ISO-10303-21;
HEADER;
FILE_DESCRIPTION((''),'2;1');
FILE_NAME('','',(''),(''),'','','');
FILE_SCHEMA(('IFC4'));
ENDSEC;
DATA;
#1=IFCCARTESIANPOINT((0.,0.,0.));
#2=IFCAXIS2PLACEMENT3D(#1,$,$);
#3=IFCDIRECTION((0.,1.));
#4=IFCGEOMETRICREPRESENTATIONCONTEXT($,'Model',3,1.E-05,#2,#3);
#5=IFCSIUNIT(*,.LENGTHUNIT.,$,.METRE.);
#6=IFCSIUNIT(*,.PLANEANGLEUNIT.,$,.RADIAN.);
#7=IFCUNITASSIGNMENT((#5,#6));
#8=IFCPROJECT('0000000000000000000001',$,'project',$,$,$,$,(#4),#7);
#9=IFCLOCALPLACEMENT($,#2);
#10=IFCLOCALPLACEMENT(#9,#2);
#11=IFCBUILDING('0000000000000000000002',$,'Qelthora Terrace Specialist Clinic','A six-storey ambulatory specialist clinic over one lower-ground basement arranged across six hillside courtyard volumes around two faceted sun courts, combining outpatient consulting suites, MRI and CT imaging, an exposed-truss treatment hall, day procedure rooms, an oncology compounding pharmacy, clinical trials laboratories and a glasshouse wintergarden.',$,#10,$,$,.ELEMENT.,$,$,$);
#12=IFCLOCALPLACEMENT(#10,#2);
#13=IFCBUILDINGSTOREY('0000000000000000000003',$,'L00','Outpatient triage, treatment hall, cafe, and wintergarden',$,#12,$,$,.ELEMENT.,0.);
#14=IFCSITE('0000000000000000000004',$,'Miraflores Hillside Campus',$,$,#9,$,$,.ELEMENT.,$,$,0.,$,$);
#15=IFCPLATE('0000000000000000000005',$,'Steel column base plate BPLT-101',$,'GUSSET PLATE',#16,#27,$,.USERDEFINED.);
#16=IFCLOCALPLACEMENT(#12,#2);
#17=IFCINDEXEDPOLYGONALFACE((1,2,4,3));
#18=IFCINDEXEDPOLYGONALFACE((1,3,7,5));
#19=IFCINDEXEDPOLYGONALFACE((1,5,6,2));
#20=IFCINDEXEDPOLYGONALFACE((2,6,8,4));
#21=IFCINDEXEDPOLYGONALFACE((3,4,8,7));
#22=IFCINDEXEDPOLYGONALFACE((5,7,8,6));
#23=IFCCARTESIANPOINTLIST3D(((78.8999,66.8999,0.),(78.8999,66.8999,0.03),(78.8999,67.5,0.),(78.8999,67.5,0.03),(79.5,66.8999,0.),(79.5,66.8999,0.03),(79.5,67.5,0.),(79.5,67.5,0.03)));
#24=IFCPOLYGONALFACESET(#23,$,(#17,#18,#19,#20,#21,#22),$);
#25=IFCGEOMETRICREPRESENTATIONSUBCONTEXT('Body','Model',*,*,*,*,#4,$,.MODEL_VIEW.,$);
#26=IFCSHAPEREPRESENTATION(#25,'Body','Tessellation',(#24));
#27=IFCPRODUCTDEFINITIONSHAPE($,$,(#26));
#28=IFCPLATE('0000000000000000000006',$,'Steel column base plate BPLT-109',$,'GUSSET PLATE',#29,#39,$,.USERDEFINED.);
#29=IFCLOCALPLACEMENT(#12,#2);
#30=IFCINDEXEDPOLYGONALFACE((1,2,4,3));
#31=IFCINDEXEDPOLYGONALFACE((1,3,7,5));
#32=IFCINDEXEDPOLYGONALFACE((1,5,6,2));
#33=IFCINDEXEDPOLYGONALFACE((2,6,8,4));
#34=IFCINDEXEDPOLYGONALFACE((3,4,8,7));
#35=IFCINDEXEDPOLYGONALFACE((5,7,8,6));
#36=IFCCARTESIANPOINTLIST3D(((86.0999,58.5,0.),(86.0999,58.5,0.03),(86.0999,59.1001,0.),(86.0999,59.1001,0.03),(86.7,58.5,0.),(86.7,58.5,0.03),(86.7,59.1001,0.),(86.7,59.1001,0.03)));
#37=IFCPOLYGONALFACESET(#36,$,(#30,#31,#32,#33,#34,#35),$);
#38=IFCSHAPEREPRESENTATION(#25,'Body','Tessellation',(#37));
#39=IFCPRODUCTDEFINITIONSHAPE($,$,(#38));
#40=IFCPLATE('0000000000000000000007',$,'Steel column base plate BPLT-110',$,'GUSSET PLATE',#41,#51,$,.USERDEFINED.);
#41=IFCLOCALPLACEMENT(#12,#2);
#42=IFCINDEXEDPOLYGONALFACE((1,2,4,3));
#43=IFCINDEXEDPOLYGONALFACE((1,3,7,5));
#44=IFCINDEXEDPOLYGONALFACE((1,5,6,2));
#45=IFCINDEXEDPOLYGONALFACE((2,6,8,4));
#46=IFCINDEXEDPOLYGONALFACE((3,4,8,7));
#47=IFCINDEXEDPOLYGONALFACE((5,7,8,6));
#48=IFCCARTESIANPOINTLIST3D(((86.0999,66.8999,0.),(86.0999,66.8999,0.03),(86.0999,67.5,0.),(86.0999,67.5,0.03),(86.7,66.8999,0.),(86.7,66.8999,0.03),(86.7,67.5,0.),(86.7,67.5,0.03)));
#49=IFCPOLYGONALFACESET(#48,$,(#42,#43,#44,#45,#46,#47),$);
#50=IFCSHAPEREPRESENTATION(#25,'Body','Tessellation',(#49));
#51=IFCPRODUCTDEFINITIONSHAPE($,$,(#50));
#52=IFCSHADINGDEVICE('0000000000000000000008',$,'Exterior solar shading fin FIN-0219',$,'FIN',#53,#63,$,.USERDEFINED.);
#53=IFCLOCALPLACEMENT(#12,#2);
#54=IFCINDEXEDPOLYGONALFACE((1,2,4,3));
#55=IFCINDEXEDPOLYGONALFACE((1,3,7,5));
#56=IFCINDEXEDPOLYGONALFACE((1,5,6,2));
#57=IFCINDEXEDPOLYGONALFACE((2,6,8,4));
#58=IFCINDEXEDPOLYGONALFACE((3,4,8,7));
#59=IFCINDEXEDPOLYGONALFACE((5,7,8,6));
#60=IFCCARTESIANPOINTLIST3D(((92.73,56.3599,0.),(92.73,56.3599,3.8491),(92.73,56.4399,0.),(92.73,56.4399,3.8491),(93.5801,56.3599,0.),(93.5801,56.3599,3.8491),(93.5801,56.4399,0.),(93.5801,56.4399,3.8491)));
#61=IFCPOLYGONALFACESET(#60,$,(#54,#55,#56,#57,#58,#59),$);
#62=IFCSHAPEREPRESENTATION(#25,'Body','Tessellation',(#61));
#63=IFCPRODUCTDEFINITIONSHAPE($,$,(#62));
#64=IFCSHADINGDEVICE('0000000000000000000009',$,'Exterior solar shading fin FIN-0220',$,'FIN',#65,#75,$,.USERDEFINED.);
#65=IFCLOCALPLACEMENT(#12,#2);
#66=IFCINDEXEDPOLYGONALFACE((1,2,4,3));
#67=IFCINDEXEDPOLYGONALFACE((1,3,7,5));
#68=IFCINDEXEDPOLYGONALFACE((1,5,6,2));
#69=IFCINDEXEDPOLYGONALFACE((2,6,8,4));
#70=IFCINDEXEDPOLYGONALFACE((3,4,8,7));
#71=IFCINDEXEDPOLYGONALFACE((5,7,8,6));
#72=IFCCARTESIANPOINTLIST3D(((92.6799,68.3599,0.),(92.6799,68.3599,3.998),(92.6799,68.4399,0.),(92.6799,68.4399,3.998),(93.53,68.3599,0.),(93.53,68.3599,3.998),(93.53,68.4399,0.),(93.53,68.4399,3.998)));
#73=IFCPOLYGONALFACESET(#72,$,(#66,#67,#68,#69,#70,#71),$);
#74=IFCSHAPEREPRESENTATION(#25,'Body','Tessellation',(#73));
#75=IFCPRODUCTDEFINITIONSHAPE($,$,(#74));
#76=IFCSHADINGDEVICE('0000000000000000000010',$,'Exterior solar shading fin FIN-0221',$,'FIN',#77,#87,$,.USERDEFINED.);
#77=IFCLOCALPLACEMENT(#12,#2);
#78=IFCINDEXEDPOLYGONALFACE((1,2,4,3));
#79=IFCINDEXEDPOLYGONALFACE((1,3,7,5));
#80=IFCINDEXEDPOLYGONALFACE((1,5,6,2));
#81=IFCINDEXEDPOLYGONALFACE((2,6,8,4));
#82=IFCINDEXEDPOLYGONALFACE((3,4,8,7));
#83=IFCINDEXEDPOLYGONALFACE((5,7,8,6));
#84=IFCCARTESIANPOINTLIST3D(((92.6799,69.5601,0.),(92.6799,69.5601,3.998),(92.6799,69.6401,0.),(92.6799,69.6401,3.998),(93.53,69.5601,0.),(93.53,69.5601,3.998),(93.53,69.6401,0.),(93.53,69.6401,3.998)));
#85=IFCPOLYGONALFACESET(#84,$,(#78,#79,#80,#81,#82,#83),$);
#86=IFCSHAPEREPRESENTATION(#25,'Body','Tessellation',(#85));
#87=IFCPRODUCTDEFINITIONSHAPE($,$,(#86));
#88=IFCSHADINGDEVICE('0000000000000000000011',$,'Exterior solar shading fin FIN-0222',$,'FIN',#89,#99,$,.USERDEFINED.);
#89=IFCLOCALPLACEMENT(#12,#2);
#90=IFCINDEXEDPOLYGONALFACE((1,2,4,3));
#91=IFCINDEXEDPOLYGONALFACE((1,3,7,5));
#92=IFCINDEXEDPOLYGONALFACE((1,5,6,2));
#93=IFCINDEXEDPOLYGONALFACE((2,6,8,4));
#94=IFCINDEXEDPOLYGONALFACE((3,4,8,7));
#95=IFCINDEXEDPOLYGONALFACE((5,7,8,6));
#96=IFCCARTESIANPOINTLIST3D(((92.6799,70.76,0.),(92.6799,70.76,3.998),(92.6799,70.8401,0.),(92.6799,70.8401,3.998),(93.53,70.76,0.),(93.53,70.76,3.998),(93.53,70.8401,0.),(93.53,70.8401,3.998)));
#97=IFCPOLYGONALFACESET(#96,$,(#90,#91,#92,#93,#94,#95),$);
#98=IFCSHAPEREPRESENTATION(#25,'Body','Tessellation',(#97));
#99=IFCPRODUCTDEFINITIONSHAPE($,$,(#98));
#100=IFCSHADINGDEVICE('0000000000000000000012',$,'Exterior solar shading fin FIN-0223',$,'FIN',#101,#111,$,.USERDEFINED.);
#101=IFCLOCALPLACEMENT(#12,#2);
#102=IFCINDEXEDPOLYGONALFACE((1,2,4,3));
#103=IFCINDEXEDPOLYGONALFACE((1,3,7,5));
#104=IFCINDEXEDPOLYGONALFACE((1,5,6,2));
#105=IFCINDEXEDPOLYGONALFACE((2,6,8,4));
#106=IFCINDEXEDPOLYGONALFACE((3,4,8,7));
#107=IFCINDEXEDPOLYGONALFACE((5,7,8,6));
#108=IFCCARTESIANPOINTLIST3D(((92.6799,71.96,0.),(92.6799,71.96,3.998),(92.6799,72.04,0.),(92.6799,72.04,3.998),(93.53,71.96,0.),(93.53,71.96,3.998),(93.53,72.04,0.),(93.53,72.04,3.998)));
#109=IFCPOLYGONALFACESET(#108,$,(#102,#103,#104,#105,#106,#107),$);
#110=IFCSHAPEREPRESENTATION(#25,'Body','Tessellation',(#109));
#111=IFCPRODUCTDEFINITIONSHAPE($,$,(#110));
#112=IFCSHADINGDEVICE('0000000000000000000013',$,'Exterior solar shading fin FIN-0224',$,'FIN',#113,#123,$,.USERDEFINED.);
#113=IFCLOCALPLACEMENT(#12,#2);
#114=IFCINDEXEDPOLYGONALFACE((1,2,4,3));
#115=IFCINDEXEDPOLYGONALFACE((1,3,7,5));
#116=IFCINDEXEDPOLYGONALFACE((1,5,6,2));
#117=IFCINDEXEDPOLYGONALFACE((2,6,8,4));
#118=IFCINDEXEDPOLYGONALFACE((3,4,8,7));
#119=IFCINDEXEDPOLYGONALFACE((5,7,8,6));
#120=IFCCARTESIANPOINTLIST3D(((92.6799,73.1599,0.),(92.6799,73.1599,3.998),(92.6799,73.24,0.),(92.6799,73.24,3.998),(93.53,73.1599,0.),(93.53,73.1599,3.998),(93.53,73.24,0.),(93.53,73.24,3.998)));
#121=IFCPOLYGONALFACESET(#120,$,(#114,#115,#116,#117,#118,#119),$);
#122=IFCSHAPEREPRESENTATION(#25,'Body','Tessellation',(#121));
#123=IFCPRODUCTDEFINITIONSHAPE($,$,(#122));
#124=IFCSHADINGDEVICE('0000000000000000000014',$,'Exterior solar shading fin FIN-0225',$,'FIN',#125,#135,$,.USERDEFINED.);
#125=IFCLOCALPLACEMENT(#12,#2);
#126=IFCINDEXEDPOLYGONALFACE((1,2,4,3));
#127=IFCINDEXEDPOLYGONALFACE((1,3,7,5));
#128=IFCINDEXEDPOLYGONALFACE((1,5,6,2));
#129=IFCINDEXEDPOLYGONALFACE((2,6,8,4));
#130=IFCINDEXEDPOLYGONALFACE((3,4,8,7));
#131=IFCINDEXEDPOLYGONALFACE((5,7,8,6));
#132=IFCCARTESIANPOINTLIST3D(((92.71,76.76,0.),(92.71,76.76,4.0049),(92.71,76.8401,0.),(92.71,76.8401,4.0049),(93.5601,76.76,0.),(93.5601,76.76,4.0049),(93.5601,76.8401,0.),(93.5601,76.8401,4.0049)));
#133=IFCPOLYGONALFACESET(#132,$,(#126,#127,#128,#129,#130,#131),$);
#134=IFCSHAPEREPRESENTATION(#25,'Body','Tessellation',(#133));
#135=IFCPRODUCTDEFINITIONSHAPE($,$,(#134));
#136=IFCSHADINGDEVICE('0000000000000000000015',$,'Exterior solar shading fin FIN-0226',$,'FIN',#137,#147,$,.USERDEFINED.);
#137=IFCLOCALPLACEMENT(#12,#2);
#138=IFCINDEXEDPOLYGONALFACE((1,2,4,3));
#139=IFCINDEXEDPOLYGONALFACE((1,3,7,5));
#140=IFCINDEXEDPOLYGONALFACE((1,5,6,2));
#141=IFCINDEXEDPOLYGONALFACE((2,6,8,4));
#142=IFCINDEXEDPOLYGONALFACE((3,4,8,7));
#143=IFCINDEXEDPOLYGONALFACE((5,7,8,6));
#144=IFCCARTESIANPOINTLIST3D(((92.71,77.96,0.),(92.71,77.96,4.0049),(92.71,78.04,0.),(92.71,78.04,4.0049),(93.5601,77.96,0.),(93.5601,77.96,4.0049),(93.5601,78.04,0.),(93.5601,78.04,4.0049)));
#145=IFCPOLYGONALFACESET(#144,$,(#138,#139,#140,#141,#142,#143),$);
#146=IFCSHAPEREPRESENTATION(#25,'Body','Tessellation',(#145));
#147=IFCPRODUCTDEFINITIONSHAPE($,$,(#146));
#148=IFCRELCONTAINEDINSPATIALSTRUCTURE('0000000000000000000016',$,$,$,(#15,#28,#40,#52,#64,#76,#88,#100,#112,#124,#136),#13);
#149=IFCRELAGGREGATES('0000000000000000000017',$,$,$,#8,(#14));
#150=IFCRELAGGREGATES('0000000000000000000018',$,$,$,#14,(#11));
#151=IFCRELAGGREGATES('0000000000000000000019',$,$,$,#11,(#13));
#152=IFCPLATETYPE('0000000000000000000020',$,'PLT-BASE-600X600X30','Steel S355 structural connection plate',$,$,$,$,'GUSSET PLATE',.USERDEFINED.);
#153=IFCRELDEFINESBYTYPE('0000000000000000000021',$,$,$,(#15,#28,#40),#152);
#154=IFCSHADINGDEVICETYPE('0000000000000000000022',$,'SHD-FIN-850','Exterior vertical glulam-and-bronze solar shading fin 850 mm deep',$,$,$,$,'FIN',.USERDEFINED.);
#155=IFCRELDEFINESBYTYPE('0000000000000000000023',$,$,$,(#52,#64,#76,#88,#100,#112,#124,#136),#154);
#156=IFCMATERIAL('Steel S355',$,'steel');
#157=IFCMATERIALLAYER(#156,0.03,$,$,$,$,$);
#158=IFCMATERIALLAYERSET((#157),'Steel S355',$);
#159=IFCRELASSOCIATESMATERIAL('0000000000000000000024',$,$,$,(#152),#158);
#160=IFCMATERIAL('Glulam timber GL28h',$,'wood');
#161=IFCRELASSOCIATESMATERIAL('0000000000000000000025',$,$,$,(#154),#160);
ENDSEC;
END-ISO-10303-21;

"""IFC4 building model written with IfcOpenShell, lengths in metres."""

from ifc_helpers import new_model, si_unit, direction, frame, origin, origin_2d, place, context, subcontext, project, spatial, rectangle, extrude, material, layer, layer_set, type_object, element, save


model = new_model("IFC4")

# Units and contexts
model_context = context("Model", 3, precision=1e-05, world=origin(), true_north=direction((0.0, 1.0)))
body_context = subcontext(model_context, "Body", "Model", "MODEL_VIEW")
ifc_project = project(units=[si_unit("LENGTHUNIT", "METRE"), si_unit("PLANEANGLEUNIT", "RADIAN")], contexts=[model_context])

# Site, building, storey
site_placement = place(None, origin())
site = spatial("IfcSite", under=ifc_project, at=site_placement, Name="Miraflores Hillside Campus", CompositionType="ELEMENT", RefElevation=0.0)
building_placement = place(site_placement, origin())
building = spatial("IfcBuilding", under=site, at=building_placement, Name="Qelthora Terrace Specialist Clinic", Description="A six-storey ambulatory specialist clinic over one lower-ground basement arranged across six hillside courtyard volumes around two faceted sun courts, combining outpatient consulting suites, MRI and CT imaging, an exposed-truss treatment hall, day procedure rooms, an oncology compounding pharmacy, clinical trials laboratories and a glasshouse wintergarden.", CompositionType="ELEMENT")
storey_placement = place(building_placement, origin())
storey = spatial("IfcBuildingStorey", under=building, at=storey_placement, Name="L00", Description="Outpatient triage, treatment hall, cafe, and wintergarden", CompositionType="ELEMENT", Elevation=0.0)

# Shared definitions
ifc_material_1 = material(Name="Steel S355", Category="steel")

# Plates
ifc_layer_1 = layer(ifc_material_1, 0.03)
ifc_layer_set_1 = layer_set([ifc_layer_1], Name="Steel S355")
plate_type = type_object("IfcPlateType", Name="PLT-BASE-600X600X30", Description="Steel S355 structural connection plate", ElementType="GUSSET PLATE", PredefinedType="USERDEFINED", material=ifc_layer_set_1)
for number, where, z_axis, x_axis, name in (
    (1, (79.2, 67.2, 0.0), (0.0, 0.0, 1.0), (1.0, 0.0, 0.0), "Steel column base plate BPLT-101"),
    (2, (86.3999, 58.8, 0.0), (0.0, 0.0, 1.0), (1.0, 0.0, 0.0), "Steel column base plate BPLT-109"),
    (3, (86.3999, 67.2, 0.0), (0.0, 0.0, 1.0), (1.0, 0.0, 0.0), "Steel column base plate BPLT-110"),
):
    element("IfcPlate", number, at=place(storey_placement, frame(where, z_axis=z_axis, x_axis=x_axis)), inside=storey, type_object=plate_type, Name=name, ObjectType="GUSSET PLATE", PredefinedType="USERDEFINED", context=body_context, shape_type="SweptSolid", body=[
        extrude(rectangle(XDim=0.6001, YDim=0.6001, at=origin_2d()), origin(), (0.0, 0.0, 1.0), 0.03),
    ])

# Shading devices
ifc_material_2 = material(Name="Glulam timber GL28h", Category="wood")
shading_device_type = type_object("IfcShadingDeviceType", Name="SHD-FIN-850", Description="Exterior vertical glulam-and-bronze solar shading fin 850 mm deep", ElementType="FIN", PredefinedType="USERDEFINED", material=ifc_material_2)
shading_device_placement = place(storey_placement, frame((93.155, 56.3999, 0.0), z_axis=(0.0, 0.0, 1.0), x_axis=(-1.0, 0.0, 0.0)))
element("IfcShadingDevice", 4, at=shading_device_placement, inside=storey, type_object=shading_device_type, Name="Exterior solar shading fin FIN-0219", ObjectType="FIN", PredefinedType="USERDEFINED", context=body_context, shape_type="SweptSolid", body=[
    extrude(rectangle(XDim=0.8501, YDim=0.0801, at=origin_2d()), origin(), (0.0, 0.0, 1.0), 3.8491),
])
for number, where, z_axis, x_axis, name in (
    (5, (93.105, 68.3999, 0.0), (0.0, 0.0, 1.0), (-1.0, 0.0, 0.0), "Exterior solar shading fin FIN-0220"),
    (6, (93.105, 69.6001, 0.0), (0.0, 0.0, 1.0), (-1.0, 0.0, 0.0), "Exterior solar shading fin FIN-0221"),
    (7, (93.105, 70.8, 0.0), (0.0, 0.0, 1.0), (-1.0, 0.0, 0.0), "Exterior solar shading fin FIN-0222"),
    (8, (93.105, 72.0, 0.0), (0.0, 0.0, 1.0), (-1.0, 0.0, 0.0), "Exterior solar shading fin FIN-0223"),
    (9, (93.105, 73.2, 0.0), (0.0, 0.0, 1.0), (-1.0, 0.0, 0.0), "Exterior solar shading fin FIN-0224"),
):
    element("IfcShadingDevice", number, at=place(storey_placement, frame(where, z_axis=z_axis, x_axis=x_axis)), inside=storey, type_object=shading_device_type, Name=name, ObjectType="FIN", PredefinedType="USERDEFINED", context=body_context, shape_type="SweptSolid", body=[
        extrude(rectangle(XDim=0.8501, YDim=0.0801, at=origin_2d()), origin(), (0.0, 0.0, 1.0), 3.998),
    ])
for number, where, z_axis, x_axis, name in (
    (10, (93.135, 76.8, 0.0), (0.0, 0.0, 1.0), (-1.0, 0.0, 0.0), "Exterior solar shading fin FIN-0225"),
    (11, (93.135, 78.0, 0.0), (0.0, 0.0, 1.0), (-1.0, 0.0, 0.0), "Exterior solar shading fin FIN-0226"),
):
    element("IfcShadingDevice", number, at=place(storey_placement, frame(where, z_axis=z_axis, x_axis=x_axis)), inside=storey, type_object=shading_device_type, Name=name, ObjectType="FIN", PredefinedType="USERDEFINED", context=body_context, shape_type="SweptSolid", body=[
        extrude(rectangle(XDim=0.8501, YDim=0.0801, at=origin_2d()), origin(), (0.0, 0.0, 1.0), 4.0049),
    ])

save(model, "model.ifc")
